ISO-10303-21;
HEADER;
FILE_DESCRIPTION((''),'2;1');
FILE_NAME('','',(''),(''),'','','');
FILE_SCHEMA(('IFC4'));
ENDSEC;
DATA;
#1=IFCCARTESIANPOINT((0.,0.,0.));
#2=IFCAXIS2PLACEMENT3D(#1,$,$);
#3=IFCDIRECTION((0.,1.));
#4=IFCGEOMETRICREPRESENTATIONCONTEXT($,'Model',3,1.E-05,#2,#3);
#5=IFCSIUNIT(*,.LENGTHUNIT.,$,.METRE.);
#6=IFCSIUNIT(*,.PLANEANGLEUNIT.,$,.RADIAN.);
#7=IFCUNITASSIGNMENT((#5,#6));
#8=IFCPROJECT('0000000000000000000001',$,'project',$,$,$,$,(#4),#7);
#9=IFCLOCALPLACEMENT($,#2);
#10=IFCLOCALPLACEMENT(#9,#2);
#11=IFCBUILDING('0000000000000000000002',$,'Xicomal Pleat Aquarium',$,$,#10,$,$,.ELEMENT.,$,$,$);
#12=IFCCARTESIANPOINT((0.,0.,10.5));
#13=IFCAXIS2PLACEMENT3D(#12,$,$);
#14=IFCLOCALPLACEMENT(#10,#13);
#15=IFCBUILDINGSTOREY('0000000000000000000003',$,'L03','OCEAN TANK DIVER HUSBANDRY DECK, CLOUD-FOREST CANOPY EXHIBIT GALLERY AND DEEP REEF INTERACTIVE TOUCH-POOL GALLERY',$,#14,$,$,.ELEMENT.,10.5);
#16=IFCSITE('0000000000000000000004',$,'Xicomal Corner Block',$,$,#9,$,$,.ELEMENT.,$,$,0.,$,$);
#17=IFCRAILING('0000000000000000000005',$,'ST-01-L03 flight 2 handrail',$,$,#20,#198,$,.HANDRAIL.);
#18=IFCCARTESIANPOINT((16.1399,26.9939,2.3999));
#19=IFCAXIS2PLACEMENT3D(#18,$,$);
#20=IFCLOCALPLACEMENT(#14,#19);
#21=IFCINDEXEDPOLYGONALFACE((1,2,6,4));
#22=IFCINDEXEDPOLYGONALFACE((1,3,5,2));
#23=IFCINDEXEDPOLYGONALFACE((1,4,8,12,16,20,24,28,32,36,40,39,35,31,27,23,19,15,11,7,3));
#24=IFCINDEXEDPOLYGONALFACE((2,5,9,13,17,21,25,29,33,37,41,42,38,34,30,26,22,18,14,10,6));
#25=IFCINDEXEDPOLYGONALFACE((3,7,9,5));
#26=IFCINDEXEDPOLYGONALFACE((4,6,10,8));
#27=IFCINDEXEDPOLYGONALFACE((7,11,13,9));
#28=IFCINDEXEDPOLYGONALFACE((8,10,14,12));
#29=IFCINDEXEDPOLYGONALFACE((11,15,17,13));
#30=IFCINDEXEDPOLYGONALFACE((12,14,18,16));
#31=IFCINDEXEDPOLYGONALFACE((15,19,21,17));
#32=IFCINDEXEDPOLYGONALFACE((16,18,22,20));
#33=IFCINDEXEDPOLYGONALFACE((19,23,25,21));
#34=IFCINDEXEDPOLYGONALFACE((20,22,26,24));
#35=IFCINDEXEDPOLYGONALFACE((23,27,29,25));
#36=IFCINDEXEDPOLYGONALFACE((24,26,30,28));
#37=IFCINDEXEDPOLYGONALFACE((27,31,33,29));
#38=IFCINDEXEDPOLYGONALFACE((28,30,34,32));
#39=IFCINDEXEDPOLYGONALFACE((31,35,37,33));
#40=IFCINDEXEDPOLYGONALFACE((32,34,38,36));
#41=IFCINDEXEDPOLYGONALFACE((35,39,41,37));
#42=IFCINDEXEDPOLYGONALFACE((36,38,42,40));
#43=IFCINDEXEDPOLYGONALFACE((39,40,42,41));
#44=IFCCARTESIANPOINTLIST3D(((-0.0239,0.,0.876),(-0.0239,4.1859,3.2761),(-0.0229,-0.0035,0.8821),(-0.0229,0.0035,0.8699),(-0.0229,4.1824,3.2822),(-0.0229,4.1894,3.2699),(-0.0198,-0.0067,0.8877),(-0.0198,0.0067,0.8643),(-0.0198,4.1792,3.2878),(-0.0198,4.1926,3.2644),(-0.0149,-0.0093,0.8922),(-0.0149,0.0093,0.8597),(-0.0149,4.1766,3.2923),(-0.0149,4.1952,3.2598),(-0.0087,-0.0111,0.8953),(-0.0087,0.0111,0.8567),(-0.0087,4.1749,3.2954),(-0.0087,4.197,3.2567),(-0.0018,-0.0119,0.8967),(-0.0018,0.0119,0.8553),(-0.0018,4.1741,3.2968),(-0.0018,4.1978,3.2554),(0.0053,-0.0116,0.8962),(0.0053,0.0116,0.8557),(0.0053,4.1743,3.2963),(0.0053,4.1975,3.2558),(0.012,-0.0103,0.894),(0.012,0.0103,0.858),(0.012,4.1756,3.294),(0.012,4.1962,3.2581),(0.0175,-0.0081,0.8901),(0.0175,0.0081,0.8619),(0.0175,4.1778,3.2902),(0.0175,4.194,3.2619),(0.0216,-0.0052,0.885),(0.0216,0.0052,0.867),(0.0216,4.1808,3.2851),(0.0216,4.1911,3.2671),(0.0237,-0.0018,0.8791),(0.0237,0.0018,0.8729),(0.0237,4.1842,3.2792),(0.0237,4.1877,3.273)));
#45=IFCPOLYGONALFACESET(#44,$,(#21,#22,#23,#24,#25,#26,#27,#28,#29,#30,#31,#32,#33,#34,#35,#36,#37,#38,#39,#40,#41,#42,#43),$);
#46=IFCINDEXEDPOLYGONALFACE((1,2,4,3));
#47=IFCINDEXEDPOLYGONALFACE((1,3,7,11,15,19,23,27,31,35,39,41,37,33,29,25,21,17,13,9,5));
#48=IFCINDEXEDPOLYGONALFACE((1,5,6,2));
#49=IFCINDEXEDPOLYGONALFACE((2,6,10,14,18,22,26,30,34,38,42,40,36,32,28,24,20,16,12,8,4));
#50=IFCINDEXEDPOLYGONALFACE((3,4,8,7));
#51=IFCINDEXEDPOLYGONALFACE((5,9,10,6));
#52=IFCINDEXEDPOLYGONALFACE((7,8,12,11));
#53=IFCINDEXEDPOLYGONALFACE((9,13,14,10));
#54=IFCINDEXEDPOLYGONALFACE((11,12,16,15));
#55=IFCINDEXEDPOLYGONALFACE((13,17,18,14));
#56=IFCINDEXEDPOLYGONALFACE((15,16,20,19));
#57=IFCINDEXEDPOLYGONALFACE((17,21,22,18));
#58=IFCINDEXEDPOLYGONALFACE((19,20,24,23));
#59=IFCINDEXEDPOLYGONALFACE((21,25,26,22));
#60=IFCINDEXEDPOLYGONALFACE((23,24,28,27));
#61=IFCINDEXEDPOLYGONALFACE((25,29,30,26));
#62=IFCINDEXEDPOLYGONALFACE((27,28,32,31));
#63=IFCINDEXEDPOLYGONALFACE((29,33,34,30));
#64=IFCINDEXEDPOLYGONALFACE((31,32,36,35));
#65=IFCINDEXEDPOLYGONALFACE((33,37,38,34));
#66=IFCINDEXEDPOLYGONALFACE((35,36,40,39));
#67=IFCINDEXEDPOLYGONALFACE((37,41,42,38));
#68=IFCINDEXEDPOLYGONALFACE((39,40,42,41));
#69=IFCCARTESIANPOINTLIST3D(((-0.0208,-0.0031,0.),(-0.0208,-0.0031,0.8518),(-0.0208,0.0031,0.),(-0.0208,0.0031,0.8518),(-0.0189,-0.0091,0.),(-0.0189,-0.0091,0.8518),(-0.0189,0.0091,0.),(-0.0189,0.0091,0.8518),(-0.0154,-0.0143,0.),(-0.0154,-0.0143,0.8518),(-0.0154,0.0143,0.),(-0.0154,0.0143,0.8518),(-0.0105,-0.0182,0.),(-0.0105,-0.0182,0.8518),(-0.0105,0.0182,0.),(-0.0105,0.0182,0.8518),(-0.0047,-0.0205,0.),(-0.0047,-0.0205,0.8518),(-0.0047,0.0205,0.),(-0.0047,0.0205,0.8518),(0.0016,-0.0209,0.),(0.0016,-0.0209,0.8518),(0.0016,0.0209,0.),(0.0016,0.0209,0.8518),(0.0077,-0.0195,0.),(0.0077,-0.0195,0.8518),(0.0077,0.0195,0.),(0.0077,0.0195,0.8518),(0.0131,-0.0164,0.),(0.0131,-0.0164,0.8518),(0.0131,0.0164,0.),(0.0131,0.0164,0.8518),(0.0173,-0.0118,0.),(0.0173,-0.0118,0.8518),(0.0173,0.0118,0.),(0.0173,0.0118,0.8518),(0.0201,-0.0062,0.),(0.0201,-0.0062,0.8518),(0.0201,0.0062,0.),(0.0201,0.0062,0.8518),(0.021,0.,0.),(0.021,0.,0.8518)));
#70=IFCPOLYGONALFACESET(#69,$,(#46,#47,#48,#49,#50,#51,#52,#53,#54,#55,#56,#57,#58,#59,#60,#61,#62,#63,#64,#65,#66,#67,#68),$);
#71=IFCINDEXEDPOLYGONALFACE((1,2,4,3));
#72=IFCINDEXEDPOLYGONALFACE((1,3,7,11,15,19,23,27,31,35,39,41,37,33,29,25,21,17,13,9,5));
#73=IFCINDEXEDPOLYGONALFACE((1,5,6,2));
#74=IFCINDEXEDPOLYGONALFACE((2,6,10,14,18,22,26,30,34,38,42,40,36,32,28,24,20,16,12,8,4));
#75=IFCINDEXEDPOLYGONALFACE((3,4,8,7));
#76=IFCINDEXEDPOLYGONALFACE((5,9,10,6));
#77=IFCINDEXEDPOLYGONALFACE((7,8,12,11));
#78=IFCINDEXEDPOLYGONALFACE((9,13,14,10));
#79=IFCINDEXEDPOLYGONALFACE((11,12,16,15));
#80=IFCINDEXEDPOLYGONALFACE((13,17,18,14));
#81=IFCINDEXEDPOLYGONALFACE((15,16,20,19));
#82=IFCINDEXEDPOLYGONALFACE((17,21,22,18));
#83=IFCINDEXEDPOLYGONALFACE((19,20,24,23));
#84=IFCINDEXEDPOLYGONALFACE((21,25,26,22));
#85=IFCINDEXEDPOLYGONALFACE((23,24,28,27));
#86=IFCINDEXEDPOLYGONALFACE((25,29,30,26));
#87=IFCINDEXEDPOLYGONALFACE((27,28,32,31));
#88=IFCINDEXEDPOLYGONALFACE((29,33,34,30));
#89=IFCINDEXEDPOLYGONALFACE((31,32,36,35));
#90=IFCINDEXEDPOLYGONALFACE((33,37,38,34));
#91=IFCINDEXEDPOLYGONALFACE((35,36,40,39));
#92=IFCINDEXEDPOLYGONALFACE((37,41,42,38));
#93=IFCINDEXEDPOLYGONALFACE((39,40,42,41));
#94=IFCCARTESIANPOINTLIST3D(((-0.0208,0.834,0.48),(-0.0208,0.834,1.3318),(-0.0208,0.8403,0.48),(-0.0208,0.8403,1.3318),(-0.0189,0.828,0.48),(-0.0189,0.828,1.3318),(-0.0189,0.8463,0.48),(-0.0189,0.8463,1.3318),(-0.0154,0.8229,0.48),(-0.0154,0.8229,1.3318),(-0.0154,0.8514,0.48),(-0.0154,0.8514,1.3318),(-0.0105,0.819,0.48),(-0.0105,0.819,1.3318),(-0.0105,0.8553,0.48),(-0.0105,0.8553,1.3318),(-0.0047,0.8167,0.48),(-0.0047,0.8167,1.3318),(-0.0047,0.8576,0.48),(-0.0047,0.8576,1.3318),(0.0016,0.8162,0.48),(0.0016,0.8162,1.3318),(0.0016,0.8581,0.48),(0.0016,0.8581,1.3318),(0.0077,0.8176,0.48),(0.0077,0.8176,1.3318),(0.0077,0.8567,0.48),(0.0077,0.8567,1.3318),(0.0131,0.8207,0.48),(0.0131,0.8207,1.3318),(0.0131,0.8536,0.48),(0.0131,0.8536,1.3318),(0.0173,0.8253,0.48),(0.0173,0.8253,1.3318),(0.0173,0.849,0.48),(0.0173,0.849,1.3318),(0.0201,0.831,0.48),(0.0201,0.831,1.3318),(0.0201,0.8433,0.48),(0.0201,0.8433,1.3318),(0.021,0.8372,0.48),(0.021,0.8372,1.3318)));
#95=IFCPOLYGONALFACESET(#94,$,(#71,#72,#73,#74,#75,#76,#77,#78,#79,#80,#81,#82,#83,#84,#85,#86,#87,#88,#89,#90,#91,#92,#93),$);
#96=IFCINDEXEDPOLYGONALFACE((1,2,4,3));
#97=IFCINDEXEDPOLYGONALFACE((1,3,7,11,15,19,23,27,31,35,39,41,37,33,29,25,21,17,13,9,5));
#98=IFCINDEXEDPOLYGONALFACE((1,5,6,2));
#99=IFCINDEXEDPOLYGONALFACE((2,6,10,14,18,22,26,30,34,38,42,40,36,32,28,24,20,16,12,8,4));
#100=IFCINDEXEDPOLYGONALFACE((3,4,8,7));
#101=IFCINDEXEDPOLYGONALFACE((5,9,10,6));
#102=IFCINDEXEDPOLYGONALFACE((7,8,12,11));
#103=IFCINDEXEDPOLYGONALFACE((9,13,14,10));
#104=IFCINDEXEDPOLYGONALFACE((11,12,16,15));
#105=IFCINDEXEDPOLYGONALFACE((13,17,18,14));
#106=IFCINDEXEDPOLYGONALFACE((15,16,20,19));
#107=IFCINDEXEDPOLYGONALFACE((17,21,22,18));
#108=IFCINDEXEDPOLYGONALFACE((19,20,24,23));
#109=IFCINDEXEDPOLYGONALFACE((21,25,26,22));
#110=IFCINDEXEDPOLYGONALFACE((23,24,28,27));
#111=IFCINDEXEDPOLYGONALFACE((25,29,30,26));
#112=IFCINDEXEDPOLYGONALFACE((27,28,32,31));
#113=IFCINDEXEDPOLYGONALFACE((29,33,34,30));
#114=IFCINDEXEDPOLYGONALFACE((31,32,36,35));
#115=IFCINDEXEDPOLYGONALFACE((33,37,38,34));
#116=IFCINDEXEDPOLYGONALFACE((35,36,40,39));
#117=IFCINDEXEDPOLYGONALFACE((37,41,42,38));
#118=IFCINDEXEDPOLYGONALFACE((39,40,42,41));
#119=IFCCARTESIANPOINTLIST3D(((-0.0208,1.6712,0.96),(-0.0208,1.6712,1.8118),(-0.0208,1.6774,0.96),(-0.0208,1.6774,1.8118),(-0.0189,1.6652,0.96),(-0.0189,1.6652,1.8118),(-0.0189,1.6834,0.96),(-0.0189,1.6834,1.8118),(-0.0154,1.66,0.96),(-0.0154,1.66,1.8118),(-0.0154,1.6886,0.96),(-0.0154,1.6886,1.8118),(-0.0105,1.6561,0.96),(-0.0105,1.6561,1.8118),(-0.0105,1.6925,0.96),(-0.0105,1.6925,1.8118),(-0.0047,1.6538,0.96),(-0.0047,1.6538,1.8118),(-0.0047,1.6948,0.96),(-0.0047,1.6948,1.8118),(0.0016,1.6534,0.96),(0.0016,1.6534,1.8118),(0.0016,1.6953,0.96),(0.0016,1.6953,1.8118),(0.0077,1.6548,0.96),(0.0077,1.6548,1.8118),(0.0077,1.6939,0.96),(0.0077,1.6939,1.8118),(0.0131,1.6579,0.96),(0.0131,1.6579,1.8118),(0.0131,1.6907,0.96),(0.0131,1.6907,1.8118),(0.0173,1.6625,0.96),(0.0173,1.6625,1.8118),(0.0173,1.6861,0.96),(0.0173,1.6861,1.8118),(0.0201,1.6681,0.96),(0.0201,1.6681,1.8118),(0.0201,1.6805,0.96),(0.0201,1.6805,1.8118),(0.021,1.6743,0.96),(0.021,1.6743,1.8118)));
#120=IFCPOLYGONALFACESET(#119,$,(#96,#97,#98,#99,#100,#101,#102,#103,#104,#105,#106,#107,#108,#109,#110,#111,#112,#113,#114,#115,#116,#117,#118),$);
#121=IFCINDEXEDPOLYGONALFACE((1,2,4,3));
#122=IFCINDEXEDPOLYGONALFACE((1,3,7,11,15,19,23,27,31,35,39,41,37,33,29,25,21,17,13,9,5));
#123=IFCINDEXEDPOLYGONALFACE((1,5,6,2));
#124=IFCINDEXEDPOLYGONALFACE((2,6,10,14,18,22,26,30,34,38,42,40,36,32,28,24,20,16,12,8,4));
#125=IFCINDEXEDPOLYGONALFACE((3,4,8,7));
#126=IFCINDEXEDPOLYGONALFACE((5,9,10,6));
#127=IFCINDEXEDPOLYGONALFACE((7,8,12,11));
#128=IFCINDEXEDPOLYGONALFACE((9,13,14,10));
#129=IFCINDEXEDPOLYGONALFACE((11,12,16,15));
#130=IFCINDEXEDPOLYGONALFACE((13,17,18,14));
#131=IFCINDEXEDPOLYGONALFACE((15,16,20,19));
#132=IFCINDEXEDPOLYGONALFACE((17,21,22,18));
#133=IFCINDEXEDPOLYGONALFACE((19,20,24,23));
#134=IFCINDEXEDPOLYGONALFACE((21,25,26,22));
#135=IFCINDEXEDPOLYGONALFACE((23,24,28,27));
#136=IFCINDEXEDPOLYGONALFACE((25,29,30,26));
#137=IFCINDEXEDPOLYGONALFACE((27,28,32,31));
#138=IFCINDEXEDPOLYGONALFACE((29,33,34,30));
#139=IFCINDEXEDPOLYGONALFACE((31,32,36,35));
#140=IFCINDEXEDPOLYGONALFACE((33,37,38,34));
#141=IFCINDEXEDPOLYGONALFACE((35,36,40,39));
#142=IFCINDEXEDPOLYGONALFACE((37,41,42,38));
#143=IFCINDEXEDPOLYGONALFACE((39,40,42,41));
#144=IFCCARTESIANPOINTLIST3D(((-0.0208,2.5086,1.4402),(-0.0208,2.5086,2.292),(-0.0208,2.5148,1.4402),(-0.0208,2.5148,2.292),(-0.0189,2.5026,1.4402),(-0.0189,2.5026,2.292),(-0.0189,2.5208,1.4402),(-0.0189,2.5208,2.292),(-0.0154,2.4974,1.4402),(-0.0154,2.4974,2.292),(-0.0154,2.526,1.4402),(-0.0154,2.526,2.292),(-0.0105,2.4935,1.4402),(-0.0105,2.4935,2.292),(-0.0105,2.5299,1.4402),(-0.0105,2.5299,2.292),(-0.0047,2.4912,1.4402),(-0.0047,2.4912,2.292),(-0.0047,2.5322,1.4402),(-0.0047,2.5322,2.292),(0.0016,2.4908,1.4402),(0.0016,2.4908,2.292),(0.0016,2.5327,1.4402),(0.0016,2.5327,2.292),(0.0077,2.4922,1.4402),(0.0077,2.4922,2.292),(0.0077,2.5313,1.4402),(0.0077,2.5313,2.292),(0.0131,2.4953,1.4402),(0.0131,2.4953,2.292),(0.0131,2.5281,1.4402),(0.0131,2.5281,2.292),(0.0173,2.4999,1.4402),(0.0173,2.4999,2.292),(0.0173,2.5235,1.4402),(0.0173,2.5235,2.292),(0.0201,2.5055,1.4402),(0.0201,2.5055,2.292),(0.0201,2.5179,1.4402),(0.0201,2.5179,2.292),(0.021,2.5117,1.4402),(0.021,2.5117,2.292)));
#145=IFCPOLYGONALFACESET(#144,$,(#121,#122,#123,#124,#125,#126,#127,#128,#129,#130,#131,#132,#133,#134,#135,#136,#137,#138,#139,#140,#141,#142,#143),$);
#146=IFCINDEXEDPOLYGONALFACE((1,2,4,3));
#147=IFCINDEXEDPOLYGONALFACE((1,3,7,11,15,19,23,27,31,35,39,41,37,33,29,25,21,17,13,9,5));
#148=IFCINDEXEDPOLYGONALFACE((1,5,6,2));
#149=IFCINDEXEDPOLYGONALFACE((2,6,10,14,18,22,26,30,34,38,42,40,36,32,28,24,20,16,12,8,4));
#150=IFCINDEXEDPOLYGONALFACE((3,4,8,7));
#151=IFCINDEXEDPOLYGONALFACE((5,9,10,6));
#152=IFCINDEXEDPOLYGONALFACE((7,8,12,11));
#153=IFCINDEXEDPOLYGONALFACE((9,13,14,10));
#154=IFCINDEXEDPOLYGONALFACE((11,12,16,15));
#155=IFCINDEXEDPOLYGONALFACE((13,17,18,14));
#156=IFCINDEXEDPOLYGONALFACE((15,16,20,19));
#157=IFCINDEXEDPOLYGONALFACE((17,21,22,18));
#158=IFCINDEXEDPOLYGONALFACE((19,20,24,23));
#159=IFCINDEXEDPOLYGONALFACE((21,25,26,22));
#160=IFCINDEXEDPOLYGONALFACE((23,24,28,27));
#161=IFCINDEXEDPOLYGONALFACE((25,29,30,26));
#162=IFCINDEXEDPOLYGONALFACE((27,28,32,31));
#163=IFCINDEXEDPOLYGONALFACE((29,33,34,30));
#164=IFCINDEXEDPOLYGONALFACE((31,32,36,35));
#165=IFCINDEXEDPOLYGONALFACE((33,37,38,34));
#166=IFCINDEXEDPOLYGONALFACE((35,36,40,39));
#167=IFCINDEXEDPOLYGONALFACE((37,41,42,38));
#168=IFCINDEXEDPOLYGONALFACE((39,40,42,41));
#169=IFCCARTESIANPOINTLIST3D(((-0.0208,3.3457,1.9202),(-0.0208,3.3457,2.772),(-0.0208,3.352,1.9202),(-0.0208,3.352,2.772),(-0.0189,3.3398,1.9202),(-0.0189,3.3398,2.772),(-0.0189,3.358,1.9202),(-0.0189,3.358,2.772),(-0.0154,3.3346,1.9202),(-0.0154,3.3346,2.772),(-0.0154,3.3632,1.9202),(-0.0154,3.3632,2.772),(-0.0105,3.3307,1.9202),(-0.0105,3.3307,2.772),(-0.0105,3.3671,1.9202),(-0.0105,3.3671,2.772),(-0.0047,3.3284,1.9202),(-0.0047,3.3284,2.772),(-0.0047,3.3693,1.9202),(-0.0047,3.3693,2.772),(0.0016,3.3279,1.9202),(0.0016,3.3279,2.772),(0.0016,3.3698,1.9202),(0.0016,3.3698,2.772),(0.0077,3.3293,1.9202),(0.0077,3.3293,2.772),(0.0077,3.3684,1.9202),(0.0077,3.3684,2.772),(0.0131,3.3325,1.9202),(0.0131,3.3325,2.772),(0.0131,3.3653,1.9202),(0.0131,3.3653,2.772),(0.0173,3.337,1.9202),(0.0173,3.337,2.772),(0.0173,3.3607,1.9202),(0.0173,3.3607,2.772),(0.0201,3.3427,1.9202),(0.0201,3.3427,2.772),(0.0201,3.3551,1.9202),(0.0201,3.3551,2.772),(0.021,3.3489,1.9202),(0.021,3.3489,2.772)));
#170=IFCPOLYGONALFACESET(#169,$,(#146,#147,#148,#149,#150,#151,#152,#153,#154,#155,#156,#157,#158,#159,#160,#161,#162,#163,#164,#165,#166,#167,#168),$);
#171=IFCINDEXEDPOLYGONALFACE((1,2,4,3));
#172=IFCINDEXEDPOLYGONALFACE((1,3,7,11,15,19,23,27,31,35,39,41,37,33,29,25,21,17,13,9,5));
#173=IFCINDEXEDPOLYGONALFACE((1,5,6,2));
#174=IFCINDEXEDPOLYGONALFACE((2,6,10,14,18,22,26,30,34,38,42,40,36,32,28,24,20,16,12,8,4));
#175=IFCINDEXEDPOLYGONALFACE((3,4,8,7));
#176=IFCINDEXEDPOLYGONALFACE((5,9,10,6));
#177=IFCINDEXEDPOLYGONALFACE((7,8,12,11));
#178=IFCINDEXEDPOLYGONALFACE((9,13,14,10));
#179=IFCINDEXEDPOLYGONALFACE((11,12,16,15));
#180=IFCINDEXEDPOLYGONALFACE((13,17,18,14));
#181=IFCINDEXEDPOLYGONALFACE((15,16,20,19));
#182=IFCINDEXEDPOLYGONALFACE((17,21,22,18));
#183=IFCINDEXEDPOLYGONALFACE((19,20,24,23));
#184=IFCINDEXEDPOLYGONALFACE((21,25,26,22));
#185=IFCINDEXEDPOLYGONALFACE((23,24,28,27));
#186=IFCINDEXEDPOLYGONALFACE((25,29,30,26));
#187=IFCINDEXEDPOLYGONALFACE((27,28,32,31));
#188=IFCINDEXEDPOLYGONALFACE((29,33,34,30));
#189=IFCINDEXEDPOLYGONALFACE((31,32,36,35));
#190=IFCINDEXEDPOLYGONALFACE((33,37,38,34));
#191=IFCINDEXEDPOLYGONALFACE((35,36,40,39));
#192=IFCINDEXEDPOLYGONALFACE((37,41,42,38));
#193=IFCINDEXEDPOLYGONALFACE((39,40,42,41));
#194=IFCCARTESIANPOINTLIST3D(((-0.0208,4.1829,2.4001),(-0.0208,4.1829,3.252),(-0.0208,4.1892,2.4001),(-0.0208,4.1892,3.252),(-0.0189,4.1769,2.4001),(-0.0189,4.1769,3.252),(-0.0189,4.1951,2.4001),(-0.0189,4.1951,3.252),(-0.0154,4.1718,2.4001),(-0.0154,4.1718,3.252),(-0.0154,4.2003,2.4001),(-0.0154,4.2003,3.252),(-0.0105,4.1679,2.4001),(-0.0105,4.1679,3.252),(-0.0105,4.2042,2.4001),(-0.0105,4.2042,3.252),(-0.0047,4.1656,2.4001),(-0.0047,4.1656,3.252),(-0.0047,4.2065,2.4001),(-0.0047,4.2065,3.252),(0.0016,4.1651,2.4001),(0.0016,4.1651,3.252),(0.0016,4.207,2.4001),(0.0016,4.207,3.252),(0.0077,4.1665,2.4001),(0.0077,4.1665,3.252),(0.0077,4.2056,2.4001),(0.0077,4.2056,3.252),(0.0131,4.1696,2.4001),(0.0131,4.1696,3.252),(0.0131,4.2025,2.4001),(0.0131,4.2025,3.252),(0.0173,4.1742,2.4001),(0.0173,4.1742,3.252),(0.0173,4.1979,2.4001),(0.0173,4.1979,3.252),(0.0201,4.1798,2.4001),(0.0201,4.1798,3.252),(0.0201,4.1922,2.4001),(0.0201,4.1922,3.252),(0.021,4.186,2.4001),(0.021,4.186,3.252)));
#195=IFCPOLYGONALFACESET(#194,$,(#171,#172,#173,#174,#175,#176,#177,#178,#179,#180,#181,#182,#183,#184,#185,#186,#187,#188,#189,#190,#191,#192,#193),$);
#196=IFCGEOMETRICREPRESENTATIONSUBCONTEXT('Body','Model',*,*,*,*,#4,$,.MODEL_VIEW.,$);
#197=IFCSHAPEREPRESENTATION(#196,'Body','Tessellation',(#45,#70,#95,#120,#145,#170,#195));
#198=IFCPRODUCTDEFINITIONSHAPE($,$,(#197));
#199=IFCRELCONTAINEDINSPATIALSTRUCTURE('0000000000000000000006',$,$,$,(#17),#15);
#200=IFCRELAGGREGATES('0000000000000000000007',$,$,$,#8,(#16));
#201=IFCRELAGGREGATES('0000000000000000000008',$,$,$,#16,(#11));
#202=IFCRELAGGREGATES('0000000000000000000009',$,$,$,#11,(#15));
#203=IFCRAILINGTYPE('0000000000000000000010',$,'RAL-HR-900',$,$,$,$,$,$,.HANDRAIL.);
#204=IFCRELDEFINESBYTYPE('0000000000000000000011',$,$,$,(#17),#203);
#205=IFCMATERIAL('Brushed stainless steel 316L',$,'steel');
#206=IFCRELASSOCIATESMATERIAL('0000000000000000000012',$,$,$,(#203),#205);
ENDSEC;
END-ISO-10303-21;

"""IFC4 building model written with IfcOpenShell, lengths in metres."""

from ifc_helpers import new_model, si_unit, direction, frame, origin, origin_2d, place, context, subcontext, project, spatial, circle, extrude, material, type_object, element, save


model = new_model("IFC4")

# Units and contexts
model_context = context("Model", 3, precision=1e-05, world=origin(), true_north=direction((0.0, 1.0)))
body_context = subcontext(model_context, "Body", "Model", "MODEL_VIEW")
ifc_project = project(units=[si_unit("LENGTHUNIT", "METRE"), si_unit("PLANEANGLEUNIT", "RADIAN")], contexts=[model_context])

# Site, building, storey
site_placement = place(None, origin())
site = spatial("IfcSite", under=ifc_project, at=site_placement, Name="Xicomal Corner Block", CompositionType="ELEMENT", RefElevation=0.0)
building_placement = place(site_placement, origin())
building = spatial("IfcBuilding", under=site, at=building_placement, Name="Xicomal Pleat Aquarium", CompositionType="ELEMENT")
storey_placement = place(building_placement, frame((0.0, 0.0, 10.5)))
storey = spatial("IfcBuildingStorey", under=building, at=storey_placement, Name="L03", Description="OCEAN TANK DIVER HUSBANDRY DECK, CLOUD-FOREST CANOPY EXHIBIT GALLERY AND DEEP REEF INTERACTIVE TOUCH-POOL GALLERY", CompositionType="ELEMENT", Elevation=10.5)

# Railing
ifc_material_1 = material(Name="Brushed stainless steel 316L", Category="steel")
railing_type_1 = type_object("IfcRailingType", Name="RAL-HR-900", PredefinedType="HANDRAIL", material=ifc_material_1)
railing_1_placement = place(storey_placement, frame((16.1399, 26.9939, 2.3999)))
element("IfcRailing", 1, at=railing_1_placement, inside=storey, type_object=railing_type_1, Name="ST-01-L03 flight 2 handrail", PredefinedType="HANDRAIL", context=body_context, shape_type="SweptSolid", body=[
    extrude(circle(Radius=0.0239, at=origin_2d()), frame((0.0, 0.0, 0.876), z_axis=(0.0, 0.867517, 0.497408), x_axis=(-1.0, 0.0, 0.0)), (0.0, 0.0, 1.0), 4.8252),
    extrude(circle(Radius=0.021, at=origin_2d()), origin(), (0.0, 0.0, 1.0), 0.8518),
    extrude(circle(Radius=0.021, at=origin_2d()), frame((0.0, 0.8372, 0.48)), (0.0, 0.0, 1.0), 0.8518),
    extrude(circle(Radius=0.021, at=origin_2d()), frame((0.0, 1.6743, 0.96)), (0.0, 0.0, 1.0), 0.8518),
    extrude(circle(Radius=0.021, at=origin_2d()), frame((0.0, 2.5117, 1.4402)), (0.0, 0.0, 1.0), 0.8518),
    extrude(circle(Radius=0.021, at=origin_2d()), frame((0.0, 3.3489, 1.9202)), (0.0, 0.0, 1.0), 0.8518),
    extrude(circle(Radius=0.021, at=origin_2d()), frame((0.0, 4.186, 2.4001)), (0.0, 0.0, 1.0), 0.8518),
])

save(model, "model.ifc")
